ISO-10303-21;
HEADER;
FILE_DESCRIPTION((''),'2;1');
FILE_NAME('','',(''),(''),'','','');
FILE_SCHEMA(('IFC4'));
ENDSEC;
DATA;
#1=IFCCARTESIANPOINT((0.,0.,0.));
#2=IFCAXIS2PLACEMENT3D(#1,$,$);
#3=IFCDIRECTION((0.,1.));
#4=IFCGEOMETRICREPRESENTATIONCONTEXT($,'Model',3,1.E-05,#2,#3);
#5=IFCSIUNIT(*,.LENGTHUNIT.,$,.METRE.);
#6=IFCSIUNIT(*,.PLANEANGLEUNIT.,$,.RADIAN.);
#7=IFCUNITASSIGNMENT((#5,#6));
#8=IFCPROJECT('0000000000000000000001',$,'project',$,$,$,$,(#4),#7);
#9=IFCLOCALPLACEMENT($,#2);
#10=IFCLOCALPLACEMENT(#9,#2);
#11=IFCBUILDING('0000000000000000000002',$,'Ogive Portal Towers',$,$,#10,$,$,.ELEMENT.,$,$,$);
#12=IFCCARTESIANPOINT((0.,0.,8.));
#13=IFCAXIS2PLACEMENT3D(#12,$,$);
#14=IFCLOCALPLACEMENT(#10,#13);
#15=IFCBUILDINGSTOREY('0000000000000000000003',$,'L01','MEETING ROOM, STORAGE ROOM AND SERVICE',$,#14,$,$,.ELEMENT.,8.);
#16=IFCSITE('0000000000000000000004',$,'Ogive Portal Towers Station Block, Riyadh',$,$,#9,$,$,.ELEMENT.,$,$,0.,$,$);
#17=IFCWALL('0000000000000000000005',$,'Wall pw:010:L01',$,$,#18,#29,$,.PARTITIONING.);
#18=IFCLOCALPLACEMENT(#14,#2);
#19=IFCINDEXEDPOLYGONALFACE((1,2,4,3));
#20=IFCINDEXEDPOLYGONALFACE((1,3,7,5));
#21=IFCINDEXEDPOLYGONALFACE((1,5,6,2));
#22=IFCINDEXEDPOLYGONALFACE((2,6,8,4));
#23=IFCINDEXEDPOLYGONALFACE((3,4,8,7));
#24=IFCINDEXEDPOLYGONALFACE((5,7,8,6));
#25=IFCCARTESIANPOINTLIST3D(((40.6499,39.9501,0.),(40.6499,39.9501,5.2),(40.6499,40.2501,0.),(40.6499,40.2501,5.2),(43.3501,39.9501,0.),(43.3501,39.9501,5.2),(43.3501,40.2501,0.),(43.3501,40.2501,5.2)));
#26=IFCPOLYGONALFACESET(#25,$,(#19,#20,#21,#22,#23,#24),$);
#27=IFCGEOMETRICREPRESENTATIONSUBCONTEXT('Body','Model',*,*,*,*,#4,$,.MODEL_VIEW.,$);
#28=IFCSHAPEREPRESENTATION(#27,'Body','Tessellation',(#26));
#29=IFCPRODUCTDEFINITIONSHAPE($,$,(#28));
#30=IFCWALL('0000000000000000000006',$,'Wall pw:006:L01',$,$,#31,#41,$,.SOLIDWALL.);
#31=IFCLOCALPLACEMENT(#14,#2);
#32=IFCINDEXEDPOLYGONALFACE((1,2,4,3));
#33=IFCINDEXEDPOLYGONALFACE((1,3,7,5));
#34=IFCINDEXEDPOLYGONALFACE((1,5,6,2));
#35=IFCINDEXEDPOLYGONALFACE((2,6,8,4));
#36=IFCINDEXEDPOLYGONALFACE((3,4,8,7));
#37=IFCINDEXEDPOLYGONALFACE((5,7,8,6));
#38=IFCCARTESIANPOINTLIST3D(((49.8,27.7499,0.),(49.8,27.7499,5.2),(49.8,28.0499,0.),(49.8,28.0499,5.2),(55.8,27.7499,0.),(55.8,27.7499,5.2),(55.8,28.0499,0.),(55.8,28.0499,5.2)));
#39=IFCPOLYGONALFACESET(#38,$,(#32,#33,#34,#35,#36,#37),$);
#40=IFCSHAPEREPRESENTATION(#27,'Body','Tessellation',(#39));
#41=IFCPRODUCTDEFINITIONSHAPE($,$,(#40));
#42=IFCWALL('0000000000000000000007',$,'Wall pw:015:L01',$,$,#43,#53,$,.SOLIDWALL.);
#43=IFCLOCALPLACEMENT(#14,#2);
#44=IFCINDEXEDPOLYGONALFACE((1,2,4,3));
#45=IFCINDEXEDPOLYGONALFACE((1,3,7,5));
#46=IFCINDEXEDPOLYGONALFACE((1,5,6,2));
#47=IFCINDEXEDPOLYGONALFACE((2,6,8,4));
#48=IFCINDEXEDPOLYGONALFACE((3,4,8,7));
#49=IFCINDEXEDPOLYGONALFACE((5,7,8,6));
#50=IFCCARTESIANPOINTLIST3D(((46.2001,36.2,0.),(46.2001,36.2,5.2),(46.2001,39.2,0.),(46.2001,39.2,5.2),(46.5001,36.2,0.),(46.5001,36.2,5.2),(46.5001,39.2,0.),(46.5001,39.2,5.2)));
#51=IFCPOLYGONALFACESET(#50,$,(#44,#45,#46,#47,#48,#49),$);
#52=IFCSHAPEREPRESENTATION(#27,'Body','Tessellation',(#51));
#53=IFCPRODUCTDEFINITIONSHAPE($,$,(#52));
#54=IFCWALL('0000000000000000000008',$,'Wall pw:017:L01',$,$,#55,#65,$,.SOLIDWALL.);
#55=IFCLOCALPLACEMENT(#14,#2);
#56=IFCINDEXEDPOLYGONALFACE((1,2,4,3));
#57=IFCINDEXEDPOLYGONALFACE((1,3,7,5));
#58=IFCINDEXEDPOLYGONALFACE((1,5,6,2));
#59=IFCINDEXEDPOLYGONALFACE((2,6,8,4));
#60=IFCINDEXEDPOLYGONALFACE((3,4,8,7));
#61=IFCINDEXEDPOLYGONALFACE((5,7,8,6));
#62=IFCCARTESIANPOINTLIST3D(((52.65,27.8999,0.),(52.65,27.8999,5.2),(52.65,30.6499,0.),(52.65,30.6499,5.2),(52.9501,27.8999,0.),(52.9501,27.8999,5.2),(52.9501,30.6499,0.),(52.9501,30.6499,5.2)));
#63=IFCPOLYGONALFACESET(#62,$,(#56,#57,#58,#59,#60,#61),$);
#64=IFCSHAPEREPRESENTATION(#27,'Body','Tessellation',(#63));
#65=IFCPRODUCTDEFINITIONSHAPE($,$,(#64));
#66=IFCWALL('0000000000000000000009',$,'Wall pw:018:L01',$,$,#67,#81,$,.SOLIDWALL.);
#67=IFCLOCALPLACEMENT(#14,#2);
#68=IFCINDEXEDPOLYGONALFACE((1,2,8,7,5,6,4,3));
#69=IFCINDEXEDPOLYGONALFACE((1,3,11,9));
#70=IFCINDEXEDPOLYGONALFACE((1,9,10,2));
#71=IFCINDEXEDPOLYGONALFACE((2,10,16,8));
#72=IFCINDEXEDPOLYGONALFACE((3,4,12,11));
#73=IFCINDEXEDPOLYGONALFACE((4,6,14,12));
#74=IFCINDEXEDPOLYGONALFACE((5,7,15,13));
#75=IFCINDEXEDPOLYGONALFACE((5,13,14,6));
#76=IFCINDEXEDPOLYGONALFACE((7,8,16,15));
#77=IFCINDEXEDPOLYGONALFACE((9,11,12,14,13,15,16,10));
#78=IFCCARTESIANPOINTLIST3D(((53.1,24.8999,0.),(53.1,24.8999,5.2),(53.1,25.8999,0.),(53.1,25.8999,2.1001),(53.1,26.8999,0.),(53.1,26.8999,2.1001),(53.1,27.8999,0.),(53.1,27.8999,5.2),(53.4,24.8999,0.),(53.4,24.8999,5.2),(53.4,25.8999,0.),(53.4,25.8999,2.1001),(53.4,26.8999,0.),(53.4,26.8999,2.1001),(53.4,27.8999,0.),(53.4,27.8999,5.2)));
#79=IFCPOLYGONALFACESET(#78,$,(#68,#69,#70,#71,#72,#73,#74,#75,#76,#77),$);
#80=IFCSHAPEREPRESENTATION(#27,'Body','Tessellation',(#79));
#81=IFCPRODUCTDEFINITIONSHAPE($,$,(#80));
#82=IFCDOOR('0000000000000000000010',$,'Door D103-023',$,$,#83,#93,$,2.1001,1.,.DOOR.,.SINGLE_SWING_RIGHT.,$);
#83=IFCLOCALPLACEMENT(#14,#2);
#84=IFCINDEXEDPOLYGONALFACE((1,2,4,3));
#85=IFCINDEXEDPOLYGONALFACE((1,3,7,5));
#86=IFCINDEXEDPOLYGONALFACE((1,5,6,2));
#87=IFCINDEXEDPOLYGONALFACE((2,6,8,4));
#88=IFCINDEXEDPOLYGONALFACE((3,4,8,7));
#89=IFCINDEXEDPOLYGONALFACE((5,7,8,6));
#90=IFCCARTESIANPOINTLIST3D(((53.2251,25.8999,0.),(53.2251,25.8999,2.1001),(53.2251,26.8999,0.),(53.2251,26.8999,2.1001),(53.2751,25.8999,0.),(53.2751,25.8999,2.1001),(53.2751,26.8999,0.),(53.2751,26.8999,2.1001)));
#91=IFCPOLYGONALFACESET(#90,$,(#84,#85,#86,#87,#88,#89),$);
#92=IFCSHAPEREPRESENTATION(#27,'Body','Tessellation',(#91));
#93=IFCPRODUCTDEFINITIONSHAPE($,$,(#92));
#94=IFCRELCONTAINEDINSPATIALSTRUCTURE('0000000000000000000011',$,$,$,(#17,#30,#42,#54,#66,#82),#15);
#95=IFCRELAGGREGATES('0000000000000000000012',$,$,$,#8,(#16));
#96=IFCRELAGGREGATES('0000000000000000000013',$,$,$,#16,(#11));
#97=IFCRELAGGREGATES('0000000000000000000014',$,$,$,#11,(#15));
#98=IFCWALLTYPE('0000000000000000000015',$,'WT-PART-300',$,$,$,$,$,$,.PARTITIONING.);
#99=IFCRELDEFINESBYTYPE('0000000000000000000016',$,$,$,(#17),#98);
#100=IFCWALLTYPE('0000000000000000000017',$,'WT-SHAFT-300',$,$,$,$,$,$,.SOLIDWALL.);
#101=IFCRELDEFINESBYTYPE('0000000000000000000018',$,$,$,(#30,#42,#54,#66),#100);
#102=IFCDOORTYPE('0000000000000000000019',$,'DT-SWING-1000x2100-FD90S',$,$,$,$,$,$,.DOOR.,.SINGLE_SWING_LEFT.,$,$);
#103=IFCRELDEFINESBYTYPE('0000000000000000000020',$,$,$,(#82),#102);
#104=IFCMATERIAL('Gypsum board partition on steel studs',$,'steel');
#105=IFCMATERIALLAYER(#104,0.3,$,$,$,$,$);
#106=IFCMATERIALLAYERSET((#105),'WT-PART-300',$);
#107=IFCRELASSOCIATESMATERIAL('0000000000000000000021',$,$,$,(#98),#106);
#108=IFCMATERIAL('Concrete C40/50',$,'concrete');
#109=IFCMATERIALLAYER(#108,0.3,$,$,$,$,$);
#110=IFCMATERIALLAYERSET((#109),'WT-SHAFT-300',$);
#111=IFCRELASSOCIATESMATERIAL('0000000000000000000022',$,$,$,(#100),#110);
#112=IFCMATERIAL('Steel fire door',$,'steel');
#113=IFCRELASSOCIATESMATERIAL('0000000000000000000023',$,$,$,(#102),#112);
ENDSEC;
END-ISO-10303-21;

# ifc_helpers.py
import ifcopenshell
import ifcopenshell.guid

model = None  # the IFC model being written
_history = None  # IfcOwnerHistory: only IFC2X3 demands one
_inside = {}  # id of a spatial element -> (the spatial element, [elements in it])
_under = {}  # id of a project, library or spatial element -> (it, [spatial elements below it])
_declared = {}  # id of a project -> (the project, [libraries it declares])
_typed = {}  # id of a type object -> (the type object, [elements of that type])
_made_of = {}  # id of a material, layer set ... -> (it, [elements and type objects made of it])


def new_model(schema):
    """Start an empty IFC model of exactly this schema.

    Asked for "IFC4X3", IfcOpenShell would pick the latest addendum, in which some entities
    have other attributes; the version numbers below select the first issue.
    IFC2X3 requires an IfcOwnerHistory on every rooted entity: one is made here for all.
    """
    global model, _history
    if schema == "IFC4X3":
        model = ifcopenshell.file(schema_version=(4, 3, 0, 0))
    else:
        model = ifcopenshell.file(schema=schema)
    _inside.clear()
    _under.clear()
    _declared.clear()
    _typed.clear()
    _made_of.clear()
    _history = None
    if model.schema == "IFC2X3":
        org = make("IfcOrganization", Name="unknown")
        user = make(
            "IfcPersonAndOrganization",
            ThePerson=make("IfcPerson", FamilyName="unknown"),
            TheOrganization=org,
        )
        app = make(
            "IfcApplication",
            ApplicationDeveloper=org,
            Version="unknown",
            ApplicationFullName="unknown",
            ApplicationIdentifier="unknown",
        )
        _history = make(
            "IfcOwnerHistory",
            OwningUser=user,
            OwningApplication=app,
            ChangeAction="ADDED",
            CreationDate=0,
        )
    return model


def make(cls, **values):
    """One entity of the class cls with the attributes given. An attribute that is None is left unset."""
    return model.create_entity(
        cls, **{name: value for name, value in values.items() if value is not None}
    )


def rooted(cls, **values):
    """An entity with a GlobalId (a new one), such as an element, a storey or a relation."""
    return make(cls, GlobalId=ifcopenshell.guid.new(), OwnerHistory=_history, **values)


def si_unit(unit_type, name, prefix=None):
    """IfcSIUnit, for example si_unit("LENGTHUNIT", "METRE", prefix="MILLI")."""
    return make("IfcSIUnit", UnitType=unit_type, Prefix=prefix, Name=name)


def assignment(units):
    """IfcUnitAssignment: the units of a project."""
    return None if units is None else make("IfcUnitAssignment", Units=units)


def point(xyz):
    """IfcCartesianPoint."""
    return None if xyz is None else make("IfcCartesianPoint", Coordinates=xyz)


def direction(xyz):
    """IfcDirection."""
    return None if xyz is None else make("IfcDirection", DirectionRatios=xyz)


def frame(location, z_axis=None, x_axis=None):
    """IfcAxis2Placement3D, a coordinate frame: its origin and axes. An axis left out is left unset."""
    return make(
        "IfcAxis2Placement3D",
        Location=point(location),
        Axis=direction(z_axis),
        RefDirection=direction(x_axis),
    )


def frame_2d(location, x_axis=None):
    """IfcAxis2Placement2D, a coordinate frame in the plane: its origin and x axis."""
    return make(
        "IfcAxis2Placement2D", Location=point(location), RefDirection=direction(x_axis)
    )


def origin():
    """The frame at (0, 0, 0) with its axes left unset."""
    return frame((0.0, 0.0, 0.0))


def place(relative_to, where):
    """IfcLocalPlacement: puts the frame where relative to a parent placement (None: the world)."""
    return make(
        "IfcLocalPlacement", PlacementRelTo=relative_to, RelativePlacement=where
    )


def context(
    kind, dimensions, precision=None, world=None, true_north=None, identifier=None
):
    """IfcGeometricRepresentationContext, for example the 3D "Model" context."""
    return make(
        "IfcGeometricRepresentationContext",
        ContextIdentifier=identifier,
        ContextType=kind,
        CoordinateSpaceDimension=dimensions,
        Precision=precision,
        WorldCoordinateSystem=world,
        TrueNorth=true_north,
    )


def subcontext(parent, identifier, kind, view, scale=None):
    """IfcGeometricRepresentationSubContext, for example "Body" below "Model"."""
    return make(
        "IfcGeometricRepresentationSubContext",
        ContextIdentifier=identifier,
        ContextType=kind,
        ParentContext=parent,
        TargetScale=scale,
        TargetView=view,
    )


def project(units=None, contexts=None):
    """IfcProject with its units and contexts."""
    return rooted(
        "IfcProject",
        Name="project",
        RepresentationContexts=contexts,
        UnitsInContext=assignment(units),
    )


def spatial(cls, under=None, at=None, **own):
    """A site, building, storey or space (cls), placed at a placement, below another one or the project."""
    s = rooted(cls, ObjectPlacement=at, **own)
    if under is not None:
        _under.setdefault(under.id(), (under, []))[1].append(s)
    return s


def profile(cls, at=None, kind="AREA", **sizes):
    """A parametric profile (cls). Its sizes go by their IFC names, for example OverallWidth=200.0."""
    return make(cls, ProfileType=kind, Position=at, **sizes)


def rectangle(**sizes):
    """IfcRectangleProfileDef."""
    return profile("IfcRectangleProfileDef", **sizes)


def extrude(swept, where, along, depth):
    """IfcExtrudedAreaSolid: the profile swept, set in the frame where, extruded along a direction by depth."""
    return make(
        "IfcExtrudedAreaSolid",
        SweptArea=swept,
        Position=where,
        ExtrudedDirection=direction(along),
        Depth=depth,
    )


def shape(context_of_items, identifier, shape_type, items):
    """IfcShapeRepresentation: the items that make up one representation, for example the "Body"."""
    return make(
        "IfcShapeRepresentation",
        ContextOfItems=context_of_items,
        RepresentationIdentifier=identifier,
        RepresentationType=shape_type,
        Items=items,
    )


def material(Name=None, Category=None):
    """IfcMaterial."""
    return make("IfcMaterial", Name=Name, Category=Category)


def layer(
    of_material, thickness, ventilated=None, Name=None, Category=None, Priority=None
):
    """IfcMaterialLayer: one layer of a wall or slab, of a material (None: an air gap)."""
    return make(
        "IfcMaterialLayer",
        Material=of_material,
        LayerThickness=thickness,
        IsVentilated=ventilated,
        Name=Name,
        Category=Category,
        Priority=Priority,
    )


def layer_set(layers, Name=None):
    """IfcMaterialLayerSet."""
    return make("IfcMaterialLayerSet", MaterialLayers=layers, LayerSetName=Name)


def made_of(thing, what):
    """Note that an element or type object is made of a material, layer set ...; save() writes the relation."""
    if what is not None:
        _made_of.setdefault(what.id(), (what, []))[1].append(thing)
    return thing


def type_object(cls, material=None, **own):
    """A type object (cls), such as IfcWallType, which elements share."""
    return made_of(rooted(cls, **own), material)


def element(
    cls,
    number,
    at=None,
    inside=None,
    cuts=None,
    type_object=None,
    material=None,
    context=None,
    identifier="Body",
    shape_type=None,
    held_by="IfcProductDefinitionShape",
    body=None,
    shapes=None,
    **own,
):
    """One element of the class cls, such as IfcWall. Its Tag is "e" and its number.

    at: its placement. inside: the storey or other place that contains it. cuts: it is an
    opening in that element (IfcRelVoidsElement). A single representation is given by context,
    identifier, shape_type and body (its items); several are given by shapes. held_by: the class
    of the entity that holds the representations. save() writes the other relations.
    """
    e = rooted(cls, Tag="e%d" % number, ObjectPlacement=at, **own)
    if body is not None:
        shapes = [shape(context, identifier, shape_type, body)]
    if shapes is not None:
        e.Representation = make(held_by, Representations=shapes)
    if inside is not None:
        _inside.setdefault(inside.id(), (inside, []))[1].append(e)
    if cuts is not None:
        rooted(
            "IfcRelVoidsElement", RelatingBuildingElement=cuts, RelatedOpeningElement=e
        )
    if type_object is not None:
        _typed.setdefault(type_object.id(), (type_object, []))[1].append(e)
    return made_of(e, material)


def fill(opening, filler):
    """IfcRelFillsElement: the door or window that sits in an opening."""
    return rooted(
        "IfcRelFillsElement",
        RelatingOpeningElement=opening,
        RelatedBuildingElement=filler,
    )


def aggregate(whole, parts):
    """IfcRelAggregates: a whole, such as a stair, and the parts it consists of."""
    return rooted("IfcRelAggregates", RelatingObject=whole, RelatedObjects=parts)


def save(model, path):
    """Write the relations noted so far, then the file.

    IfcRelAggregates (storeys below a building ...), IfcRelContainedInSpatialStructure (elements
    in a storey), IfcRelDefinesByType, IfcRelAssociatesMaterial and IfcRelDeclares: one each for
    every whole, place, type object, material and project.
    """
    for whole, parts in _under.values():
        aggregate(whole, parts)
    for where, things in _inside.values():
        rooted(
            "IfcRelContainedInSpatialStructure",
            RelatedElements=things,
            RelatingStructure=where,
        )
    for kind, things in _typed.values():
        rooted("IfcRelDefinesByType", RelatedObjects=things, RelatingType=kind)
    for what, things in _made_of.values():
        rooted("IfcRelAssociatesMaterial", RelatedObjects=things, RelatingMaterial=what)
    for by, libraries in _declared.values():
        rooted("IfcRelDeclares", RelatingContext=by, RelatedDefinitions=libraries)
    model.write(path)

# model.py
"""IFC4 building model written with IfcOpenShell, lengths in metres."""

from ifc_helpers import new_model, si_unit, direction, frame, frame_2d, origin, place, context, subcontext, project, spatial, rectangle, extrude, material, layer, layer_set, type_object, element, fill, save


model = new_model("IFC4")

# Units and contexts
model_context = context("Model", 3, precision=1e-05, world=origin(), true_north=direction((0.0, 1.0)))
body_context = subcontext(model_context, "Body", "Model", "MODEL_VIEW")
ifc_project = project(units=[si_unit("LENGTHUNIT", "METRE"), si_unit("PLANEANGLEUNIT", "RADIAN")], contexts=[model_context])

# Site, building, storey
site_placement = place(None, origin())
site = spatial("IfcSite", under=ifc_project, at=site_placement, Name="Ogive Portal Towers Station Block, Riyadh", CompositionType="ELEMENT", RefElevation=0.0)
building_placement = place(site_placement, origin())
building = spatial("IfcBuilding", under=site, at=building_placement, Name="Ogive Portal Towers", CompositionType="ELEMENT")
storey_placement = place(building_placement, frame((0.0, 0.0, 8.0)))
storey = spatial("IfcBuildingStorey", under=building, at=storey_placement, Name="L01", Description="MEETING ROOM, STORAGE ROOM AND SERVICE", CompositionType="ELEMENT", Elevation=8.0)

# Shared definitions
ifc_material_1 = material(Name="Steel fire door", Category="steel")

# Shared definitions
ifc_material_2 = material(Name="Gypsum board partition on steel studs", Category="steel")

# Shared definitions
ifc_layer_1 = layer(ifc_material_2, 0.3)
ifc_layer_set_1 = layer_set([ifc_layer_1], Name="WT-PART-300")
wall_type_1 = type_object("IfcWallType", Name="WT-PART-300", PredefinedType="PARTITIONING", material=ifc_layer_set_1)

# Walls
wall_1_placement = place(storey_placement, frame((40.6499, 40.1001, 0.0), z_axis=(0.0, 0.0, 1.0), x_axis=(1.0, 0.0, 0.0)))
element("IfcWall", 1, at=wall_1_placement, inside=storey, type_object=wall_type_1, Name="Wall pw:010:L01", PredefinedType="PARTITIONING", context=body_context, shape_type="SweptSolid", body=[
    extrude(rectangle(XDim=2.7002, YDim=0.3, at=frame_2d((1.3501, 0.0))), origin(), (0.0, 0.0, 1.0), 5.2),
])
ifc_material_3 = material(Name="Concrete C40/50", Category="concrete")
ifc_layer_2 = layer(ifc_material_3, 0.3)
ifc_layer_set_2 = layer_set([ifc_layer_2], Name="WT-SHAFT-300")
wall_type_2 = type_object("IfcWallType", Name="WT-SHAFT-300", PredefinedType="SOLIDWALL", material=ifc_layer_set_2)
wall_2_placement = place(storey_placement, frame((49.8, 27.8999, 0.0), z_axis=(0.0, 0.0, 1.0), x_axis=(1.0, 0.0, 0.0)))
element("IfcWall", 2, at=wall_2_placement, inside=storey, type_object=wall_type_2, Name="Wall pw:006:L01", PredefinedType="SOLIDWALL", context=body_context, shape_type="SweptSolid", body=[
    extrude(rectangle(XDim=6.0, YDim=0.3, at=frame_2d((3.0, 0.0))), origin(), (0.0, 0.0, 1.0), 5.2),
])
wall_3_placement = place(storey_placement, frame((46.3501, 36.2, 0.0), z_axis=(0.0, 0.0, 1.0), x_axis=(0.0, 1.0, 0.0)))
element("IfcWall", 3, at=wall_3_placement, inside=storey, type_object=wall_type_2, Name="Wall pw:015:L01", PredefinedType="SOLIDWALL", context=body_context, shape_type="SweptSolid", body=[
    extrude(rectangle(XDim=3.0, YDim=0.3, at=frame_2d((1.5, 0.0))), origin(), (0.0, 0.0, 1.0), 5.2),
])
wall_4_placement = place(storey_placement, frame((52.8, 27.8999, 0.0), z_axis=(0.0, 0.0, 1.0), x_axis=(0.0, 1.0, 0.0)))
element("IfcWall", 4, at=wall_4_placement, inside=storey, type_object=wall_type_2, Name="Wall pw:017:L01", PredefinedType="SOLIDWALL", context=body_context, shape_type="SweptSolid", body=[
    extrude(rectangle(XDim=2.75, YDim=0.3, at=frame_2d((1.375, 0.0))), origin(), (0.0, 0.0, 1.0), 5.2),
])

# Wall, opening, door
wall_5_placement = place(storey_placement, frame((53.25, 24.8999, 0.0), z_axis=(0.0, 0.0, 1.0), x_axis=(0.0, 1.0, 0.0)))
wall_5 = element("IfcWall", 5, at=wall_5_placement, inside=storey, type_object=wall_type_2, Name="Wall pw:018:L01", PredefinedType="SOLIDWALL", context=body_context, shape_type="SweptSolid", body=[
    extrude(rectangle(XDim=3.0, YDim=0.3, at=frame_2d((1.5, 0.0))), origin(), (0.0, 0.0, 1.0), 5.2),
])
opening_1_placement = place(wall_5_placement, frame((1.0, 0.0, 0.0)))
opening_1 = element("IfcOpeningElement", 6, at=opening_1_placement, cuts=wall_5, PredefinedType="OPENING", context=body_context, shape_type="SweptSolid", body=[
    extrude(rectangle(XDim=1.0, YDim=2.1001, at=frame_2d((0.5, 1.05))), frame((0.0, 0.1602, 0.0), z_axis=(0.0, -1.0, 0.0), x_axis=(1.0, 0.0, 0.0)), (0.0, 0.0, 1.0), 0.3201),
])
door_type_1 = type_object("IfcDoorType", Name="DT-SWING-1000x2100-FD90S", OperationType="SINGLE_SWING_LEFT", PredefinedType="DOOR", material=ifc_material_1)
door_1_placement = place(opening_1_placement, origin())
door_1 = element("IfcDoor", 7, at=door_1_placement, inside=storey, type_object=door_type_1, Name="Door D103-023", OperationType="SINGLE_SWING_RIGHT", OverallHeight=2.1001, OverallWidth=1.0, PredefinedType="DOOR", context=body_context, shape_type="SweptSolid", body=[
    extrude(rectangle(XDim=1.0, YDim=2.1001, at=frame_2d((0.5, 1.05))), frame((0.0, 0.0249, 0.0), z_axis=(0.0, -1.0, 0.0), x_axis=(1.0, 0.0, 0.0)), (0.0, 0.0, 1.0), 0.05),
])
fill(opening_1, door_1)

save(model, "model.ifc")
